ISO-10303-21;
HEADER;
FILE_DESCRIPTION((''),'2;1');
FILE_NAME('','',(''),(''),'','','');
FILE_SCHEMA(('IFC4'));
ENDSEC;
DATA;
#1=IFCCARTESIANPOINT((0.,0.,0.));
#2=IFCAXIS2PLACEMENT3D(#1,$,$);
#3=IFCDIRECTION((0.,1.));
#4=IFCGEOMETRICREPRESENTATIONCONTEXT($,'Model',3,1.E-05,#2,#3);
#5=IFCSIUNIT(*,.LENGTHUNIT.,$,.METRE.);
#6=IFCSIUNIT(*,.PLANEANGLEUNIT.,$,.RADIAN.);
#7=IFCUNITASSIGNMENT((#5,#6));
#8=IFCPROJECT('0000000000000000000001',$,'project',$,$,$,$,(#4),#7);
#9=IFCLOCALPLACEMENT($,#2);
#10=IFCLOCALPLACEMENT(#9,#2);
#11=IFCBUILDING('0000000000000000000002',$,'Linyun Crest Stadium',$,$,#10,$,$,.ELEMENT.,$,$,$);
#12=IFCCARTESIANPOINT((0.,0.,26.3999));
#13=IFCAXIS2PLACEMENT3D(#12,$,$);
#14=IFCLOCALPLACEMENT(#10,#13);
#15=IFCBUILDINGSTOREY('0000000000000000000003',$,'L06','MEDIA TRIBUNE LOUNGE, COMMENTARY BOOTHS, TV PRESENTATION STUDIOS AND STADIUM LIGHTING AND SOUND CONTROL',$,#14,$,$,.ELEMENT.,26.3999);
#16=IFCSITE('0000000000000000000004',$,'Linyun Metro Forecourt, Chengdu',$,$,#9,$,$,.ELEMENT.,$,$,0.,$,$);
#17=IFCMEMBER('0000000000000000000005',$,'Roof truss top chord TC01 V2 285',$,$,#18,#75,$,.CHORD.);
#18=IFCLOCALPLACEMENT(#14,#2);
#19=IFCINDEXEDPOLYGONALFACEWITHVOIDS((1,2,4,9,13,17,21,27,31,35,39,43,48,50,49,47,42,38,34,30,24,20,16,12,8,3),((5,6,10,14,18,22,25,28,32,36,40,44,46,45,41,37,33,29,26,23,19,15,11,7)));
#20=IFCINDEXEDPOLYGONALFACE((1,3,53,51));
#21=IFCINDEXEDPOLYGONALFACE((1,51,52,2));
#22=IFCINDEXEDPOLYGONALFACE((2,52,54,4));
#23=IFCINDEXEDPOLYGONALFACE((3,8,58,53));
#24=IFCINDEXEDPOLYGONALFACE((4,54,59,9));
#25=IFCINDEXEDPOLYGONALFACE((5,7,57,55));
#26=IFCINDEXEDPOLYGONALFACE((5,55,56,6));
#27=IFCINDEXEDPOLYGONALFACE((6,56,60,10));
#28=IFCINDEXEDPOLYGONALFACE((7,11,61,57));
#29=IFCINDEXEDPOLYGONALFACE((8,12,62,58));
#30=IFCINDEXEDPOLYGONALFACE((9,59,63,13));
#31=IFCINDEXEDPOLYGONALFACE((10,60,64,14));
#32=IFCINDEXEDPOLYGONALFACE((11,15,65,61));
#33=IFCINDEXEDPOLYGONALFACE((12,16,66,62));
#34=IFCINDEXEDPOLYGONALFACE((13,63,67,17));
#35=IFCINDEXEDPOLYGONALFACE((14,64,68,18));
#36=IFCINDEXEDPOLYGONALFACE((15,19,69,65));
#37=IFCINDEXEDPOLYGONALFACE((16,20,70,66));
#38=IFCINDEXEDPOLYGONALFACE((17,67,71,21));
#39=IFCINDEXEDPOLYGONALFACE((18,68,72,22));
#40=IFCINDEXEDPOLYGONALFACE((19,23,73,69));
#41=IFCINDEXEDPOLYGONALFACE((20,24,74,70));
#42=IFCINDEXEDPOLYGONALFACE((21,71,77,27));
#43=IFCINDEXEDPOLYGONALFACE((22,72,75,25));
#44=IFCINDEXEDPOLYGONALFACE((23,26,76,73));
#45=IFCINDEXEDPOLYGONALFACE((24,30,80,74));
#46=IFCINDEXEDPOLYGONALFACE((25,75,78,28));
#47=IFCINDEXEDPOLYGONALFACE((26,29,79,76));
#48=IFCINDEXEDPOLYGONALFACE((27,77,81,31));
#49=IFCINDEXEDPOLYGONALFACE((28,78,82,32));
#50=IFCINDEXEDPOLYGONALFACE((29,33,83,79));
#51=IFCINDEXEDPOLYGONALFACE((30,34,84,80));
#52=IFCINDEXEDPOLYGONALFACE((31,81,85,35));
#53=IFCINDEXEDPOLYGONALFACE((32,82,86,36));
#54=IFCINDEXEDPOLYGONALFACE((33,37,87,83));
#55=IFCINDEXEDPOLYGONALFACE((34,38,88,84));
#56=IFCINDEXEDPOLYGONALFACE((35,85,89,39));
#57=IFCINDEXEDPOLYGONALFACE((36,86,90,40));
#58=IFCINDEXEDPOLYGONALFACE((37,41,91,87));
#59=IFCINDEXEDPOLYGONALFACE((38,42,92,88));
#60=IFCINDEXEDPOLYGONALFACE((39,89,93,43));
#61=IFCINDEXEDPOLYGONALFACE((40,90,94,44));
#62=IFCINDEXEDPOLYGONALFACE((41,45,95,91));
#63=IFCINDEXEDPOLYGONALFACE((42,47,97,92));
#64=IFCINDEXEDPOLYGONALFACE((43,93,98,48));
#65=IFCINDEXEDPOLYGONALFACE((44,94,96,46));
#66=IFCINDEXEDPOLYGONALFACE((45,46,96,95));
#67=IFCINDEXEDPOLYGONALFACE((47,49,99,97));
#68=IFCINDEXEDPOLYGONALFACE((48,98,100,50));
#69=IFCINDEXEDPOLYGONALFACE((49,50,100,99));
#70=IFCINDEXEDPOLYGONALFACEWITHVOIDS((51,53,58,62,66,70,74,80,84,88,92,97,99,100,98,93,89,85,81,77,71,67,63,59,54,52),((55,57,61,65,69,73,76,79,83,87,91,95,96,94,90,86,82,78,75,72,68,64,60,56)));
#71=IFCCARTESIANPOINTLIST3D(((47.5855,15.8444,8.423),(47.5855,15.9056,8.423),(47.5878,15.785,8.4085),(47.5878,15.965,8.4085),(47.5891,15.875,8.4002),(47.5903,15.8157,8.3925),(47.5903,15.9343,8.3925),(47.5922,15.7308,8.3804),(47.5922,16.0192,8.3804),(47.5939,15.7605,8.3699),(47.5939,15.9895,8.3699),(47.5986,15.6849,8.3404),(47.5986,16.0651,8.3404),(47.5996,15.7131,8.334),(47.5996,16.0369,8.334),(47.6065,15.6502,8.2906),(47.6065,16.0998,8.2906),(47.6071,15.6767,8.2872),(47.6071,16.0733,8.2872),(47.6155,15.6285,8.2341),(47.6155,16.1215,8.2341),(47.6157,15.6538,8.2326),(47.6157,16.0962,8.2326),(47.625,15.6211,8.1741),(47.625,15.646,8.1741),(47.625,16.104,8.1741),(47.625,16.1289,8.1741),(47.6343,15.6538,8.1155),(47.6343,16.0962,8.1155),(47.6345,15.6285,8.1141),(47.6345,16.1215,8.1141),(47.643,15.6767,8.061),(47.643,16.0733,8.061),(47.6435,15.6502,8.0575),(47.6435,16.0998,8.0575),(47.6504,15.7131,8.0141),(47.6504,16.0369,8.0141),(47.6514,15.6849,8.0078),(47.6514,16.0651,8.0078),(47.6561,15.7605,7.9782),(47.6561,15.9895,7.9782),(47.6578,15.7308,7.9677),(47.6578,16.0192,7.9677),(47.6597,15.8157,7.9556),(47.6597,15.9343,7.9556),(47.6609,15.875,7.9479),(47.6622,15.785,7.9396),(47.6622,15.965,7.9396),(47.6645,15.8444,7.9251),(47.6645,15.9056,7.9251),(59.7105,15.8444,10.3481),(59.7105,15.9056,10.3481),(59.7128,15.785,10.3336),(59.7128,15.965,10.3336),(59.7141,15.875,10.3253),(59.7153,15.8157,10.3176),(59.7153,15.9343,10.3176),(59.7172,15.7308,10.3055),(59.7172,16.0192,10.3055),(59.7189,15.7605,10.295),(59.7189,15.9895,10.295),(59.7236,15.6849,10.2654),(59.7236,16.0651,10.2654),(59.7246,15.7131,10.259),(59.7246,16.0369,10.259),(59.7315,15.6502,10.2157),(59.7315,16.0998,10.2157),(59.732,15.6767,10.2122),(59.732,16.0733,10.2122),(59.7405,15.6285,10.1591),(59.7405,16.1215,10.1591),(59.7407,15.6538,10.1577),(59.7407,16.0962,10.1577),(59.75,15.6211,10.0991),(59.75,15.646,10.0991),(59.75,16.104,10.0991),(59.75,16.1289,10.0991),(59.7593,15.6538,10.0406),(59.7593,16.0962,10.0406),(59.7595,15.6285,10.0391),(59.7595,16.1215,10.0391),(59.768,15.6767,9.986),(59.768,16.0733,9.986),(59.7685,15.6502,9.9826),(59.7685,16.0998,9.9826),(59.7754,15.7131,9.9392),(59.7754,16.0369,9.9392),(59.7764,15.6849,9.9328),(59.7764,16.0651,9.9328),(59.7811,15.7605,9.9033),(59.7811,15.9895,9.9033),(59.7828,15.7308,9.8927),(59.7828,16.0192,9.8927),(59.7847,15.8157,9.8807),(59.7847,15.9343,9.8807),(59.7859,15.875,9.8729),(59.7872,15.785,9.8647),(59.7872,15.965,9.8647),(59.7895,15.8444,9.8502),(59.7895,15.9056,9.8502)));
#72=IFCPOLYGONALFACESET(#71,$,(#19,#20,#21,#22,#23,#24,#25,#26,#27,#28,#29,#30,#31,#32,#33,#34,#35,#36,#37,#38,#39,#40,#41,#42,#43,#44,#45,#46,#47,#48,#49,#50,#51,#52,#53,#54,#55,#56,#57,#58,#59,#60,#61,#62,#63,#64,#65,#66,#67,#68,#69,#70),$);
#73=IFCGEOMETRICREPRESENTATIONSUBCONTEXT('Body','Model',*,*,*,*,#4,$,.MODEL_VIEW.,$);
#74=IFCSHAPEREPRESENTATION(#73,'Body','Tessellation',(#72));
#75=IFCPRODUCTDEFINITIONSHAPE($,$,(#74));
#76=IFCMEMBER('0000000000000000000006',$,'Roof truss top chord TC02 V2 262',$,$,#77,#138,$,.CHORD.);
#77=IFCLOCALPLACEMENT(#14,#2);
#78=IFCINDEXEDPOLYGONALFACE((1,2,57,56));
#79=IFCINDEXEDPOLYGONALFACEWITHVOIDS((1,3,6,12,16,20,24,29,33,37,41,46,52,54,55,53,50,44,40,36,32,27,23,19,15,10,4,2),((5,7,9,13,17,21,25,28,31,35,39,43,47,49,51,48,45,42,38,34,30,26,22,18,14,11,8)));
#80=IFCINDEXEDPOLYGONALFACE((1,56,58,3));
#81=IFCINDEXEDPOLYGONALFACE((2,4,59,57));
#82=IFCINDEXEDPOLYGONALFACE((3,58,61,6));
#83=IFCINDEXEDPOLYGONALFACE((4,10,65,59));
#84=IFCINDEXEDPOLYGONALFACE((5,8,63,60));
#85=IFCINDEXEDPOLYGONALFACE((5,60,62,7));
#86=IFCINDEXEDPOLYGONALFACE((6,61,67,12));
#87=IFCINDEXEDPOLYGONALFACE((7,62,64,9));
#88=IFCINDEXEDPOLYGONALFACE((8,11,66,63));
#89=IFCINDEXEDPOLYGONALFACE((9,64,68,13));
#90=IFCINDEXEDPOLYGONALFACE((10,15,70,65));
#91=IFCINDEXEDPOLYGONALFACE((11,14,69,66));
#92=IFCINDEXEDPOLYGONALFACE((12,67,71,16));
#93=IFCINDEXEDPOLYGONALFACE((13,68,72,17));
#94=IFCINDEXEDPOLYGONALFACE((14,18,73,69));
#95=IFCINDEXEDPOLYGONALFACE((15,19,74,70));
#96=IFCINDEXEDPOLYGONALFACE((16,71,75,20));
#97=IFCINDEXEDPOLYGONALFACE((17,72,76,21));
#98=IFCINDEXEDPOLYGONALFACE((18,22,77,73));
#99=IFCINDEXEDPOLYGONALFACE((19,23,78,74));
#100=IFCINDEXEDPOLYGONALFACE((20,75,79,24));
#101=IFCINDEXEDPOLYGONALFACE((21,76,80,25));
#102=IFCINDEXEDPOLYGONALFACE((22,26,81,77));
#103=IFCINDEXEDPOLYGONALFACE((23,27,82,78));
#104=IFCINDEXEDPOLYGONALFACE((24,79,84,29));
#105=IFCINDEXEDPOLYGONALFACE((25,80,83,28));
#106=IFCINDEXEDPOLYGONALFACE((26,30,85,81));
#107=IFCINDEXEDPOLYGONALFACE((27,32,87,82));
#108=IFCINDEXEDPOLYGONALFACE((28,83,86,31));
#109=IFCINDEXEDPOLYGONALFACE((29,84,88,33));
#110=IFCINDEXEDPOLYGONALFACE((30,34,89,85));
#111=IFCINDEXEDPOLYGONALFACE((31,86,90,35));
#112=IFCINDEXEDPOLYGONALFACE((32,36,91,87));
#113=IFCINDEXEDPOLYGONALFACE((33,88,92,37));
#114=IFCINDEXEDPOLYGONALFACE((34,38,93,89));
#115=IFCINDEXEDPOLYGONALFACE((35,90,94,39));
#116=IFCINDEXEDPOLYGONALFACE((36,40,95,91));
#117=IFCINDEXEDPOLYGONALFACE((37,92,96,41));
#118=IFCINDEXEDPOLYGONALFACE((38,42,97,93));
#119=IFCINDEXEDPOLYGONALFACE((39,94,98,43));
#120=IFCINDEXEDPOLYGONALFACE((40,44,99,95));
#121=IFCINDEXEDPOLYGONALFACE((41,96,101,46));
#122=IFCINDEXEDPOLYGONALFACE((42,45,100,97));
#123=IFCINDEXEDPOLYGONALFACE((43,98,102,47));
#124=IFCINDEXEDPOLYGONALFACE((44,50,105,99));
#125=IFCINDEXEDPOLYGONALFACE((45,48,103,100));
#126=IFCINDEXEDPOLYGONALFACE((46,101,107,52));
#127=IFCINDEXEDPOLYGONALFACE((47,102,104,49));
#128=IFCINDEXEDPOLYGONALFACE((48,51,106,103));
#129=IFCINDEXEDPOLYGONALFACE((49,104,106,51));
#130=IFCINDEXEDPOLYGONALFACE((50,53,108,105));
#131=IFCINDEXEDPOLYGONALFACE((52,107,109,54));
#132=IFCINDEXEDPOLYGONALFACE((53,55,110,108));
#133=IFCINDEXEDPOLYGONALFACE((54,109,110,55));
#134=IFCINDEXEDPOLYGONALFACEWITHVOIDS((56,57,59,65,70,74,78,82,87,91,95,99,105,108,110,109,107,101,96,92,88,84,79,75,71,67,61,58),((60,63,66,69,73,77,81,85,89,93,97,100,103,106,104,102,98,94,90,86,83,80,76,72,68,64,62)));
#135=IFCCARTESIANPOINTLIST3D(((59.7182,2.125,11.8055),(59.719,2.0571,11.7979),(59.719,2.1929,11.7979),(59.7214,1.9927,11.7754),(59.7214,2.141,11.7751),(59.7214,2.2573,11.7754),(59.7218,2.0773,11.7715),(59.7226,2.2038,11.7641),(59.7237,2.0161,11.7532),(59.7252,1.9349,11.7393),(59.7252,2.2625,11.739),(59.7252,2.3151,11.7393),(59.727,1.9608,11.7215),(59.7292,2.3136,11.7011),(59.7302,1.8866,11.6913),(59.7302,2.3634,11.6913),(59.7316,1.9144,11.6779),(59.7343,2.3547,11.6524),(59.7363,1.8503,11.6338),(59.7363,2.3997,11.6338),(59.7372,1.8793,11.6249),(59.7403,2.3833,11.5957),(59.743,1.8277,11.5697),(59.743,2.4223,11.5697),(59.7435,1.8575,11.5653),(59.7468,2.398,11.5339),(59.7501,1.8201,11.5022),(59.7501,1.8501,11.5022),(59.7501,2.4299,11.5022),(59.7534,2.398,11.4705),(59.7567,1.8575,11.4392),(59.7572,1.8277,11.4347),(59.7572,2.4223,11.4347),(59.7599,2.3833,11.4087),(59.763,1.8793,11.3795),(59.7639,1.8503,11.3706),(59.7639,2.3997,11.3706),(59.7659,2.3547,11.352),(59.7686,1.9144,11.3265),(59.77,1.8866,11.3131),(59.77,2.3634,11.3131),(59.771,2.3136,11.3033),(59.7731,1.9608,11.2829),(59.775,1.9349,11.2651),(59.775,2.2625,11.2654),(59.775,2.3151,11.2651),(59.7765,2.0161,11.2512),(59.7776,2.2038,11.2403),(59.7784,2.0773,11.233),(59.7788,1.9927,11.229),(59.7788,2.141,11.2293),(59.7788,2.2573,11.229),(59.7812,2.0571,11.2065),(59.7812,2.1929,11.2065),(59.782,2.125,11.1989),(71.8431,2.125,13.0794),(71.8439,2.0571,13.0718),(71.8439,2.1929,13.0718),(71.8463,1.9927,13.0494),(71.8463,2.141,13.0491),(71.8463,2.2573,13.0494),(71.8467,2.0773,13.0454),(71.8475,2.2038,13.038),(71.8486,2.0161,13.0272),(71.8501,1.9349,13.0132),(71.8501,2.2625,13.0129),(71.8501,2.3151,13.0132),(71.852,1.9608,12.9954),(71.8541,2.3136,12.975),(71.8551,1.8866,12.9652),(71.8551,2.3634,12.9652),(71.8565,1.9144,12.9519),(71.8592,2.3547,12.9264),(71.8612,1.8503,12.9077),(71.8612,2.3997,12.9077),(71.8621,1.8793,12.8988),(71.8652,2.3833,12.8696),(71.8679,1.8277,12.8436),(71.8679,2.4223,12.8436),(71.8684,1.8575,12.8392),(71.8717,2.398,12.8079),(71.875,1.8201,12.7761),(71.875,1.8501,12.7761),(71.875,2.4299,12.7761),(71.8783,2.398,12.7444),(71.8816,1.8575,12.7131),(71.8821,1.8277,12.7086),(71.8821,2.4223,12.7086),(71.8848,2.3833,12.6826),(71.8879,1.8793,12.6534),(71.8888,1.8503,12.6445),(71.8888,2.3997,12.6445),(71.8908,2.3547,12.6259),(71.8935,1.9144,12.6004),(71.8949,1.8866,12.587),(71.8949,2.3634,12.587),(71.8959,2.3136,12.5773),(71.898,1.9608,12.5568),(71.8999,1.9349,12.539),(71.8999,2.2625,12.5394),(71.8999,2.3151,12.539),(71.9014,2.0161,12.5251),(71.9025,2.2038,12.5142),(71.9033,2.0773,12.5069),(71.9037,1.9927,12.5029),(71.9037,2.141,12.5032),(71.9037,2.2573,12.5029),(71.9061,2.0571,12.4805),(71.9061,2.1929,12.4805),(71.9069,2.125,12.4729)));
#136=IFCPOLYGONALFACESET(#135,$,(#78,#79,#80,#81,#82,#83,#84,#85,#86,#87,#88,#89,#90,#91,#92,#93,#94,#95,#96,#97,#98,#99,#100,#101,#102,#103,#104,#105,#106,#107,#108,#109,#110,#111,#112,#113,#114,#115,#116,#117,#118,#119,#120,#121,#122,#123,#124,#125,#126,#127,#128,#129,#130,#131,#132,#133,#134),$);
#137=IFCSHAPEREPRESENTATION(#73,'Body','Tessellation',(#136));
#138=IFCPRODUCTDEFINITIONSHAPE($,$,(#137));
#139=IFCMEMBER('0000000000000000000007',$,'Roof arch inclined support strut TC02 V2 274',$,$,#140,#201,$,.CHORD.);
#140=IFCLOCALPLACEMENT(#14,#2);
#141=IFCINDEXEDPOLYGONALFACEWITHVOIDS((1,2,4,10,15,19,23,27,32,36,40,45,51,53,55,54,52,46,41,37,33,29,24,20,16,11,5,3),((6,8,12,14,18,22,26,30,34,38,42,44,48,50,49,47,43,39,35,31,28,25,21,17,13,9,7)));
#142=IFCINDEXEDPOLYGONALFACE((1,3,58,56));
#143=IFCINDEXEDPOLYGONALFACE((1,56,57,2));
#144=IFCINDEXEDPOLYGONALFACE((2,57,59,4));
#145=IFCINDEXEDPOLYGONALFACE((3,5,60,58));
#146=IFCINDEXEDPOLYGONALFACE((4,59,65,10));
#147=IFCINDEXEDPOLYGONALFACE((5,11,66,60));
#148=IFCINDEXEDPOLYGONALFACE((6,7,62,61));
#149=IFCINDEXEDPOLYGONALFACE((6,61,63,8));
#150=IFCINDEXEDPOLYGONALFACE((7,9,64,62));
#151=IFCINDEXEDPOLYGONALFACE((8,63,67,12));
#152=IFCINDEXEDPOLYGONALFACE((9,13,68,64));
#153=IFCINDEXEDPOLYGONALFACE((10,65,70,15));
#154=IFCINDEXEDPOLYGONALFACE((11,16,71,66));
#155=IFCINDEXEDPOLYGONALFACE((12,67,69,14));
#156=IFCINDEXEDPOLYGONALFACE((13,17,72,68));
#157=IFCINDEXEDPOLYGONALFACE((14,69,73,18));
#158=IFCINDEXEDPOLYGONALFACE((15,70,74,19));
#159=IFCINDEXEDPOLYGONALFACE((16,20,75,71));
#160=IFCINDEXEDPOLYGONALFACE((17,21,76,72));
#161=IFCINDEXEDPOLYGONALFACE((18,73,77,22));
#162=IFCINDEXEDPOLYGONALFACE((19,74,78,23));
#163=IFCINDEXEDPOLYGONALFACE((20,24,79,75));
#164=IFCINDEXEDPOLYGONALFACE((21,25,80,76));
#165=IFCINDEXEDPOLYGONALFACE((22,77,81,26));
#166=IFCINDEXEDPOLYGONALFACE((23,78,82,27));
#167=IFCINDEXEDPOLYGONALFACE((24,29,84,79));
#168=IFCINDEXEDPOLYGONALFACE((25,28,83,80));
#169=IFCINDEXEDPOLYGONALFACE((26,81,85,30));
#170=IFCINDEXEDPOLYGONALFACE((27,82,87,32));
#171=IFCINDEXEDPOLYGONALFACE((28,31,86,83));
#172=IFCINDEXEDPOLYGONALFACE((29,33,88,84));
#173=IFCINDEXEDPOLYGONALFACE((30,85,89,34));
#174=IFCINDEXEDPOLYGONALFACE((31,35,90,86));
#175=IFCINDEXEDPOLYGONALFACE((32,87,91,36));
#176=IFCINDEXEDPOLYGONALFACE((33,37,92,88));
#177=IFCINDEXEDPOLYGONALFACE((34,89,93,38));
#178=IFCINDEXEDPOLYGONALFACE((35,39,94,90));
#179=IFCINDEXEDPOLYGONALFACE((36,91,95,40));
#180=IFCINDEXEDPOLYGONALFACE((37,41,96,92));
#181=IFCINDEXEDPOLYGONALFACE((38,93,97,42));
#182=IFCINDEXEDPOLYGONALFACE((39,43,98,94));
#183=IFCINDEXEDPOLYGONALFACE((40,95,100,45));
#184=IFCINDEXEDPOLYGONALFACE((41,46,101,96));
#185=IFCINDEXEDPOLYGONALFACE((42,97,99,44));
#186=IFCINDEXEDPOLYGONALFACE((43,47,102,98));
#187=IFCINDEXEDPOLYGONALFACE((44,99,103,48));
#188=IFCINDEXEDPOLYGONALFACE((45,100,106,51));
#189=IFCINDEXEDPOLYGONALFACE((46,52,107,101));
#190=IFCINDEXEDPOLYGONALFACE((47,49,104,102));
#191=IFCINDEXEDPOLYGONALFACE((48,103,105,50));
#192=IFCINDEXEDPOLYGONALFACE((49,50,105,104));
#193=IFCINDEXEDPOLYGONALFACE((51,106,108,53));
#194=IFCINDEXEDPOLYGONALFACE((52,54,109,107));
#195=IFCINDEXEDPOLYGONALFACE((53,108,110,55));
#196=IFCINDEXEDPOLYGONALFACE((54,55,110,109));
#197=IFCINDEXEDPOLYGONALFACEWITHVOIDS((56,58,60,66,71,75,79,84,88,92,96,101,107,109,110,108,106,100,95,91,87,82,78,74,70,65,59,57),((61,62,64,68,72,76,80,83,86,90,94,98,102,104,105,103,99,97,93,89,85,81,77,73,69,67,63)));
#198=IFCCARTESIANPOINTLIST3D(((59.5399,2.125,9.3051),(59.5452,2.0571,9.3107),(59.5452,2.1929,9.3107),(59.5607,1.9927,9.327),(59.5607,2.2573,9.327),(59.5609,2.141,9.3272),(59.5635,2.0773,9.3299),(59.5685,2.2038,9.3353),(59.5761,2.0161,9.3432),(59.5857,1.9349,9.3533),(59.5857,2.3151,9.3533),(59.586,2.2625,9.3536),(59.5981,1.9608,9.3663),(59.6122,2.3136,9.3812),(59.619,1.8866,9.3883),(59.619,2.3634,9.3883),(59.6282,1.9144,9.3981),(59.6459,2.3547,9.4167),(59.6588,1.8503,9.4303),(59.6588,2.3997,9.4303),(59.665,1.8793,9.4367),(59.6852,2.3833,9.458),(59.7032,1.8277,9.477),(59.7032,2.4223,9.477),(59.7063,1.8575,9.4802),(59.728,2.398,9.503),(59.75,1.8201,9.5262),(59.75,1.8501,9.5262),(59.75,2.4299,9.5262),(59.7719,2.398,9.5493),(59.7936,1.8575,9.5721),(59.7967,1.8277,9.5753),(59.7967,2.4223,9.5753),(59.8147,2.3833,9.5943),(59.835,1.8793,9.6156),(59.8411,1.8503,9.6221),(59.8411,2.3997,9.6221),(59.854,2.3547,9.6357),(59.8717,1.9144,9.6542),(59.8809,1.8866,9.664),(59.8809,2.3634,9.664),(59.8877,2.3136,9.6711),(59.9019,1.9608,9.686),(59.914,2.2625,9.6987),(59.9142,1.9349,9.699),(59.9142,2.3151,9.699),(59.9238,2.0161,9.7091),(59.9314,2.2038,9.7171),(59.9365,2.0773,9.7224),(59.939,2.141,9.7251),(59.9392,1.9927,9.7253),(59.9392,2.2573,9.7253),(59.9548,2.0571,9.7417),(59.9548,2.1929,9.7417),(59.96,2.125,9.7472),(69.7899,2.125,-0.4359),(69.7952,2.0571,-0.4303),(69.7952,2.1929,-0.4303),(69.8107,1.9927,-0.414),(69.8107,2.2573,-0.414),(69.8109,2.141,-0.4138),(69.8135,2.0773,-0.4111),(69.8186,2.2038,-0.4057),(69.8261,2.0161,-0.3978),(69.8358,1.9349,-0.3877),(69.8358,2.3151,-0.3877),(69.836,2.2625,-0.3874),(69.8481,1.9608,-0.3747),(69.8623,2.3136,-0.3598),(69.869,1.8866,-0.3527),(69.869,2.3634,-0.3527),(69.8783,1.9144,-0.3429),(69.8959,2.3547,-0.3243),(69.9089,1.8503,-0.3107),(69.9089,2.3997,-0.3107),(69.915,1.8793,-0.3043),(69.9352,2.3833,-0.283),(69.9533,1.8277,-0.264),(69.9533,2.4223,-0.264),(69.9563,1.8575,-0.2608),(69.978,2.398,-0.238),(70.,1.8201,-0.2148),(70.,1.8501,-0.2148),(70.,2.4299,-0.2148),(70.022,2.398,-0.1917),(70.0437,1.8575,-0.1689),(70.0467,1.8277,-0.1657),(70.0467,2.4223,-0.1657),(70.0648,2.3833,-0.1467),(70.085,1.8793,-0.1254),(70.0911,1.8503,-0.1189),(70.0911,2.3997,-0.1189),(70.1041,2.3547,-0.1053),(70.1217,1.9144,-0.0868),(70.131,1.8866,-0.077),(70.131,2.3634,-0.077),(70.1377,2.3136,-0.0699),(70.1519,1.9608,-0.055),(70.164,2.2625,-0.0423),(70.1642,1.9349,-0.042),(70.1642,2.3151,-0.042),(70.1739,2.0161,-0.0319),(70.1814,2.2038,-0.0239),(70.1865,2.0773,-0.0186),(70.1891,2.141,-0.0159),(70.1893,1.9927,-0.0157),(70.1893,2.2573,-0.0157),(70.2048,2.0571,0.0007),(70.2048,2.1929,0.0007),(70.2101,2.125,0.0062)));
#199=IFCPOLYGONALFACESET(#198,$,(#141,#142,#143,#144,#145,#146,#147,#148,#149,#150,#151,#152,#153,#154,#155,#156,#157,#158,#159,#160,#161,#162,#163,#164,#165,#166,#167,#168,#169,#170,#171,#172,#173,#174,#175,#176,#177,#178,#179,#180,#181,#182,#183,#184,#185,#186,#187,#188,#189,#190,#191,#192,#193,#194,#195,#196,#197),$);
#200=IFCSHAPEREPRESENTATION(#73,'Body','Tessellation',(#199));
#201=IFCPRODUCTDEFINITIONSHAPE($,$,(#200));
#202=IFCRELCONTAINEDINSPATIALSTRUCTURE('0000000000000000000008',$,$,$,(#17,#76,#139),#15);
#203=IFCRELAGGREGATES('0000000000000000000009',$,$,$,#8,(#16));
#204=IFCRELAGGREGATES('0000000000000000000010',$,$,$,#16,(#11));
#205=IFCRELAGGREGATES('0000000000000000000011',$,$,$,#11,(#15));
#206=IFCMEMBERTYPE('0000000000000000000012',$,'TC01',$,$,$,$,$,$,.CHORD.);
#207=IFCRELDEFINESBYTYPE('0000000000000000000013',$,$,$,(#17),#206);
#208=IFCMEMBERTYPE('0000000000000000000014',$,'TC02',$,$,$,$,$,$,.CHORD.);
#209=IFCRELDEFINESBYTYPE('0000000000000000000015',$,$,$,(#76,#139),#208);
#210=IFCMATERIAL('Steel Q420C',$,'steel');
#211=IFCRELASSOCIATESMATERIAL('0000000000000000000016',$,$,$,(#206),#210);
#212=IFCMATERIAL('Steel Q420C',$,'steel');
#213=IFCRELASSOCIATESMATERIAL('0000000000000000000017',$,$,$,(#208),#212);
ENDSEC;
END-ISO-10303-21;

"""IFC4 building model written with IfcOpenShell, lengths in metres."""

from ifc_helpers import new_model, si_unit, direction, frame, origin, origin_2d, place, context, subcontext, project, spatial, hollow_circle, extrude, material, material_profile, profile_set, type_object, element, save


model = new_model("IFC4")

# Units and contexts
model_context = context("Model", 3, precision=1e-05, world=origin(), true_north=direction((0.0, 1.0)))
body_context = subcontext(model_context, "Body", "Model", "MODEL_VIEW")
ifc_project = project(units=[si_unit("LENGTHUNIT", "METRE"), si_unit("PLANEANGLEUNIT", "RADIAN")], contexts=[model_context])

# Site, building, storey
site_placement = place(None, origin())
site = spatial("IfcSite", under=ifc_project, at=site_placement, Name="Linyun Metro Forecourt, Chengdu", CompositionType="ELEMENT", RefElevation=0.0)
building_placement = place(site_placement, origin())
building = spatial("IfcBuilding", under=site, at=building_placement, Name="Linyun Crest Stadium", CompositionType="ELEMENT")
storey_placement = place(building_placement, frame((0.0, 0.0, 26.3999)))
storey = spatial("IfcBuildingStorey", under=building, at=storey_placement, Name="L06", Description="MEDIA TRIBUNE LOUNGE, COMMENTARY BOOTHS, TV PRESENTATION STUDIOS AND STADIUM LIGHTING AND SOUND CONTROL", CompositionType="ELEMENT", Elevation=26.3999)

# Members
ifc_material_1 = material(Name="Steel Q420C", Category="steel")
ifc_material_profile_1 = material_profile(ifc_material_1, hollow_circle(Radius=0.2539, WallThickness=0.0249, at=origin_2d()), Name="CHS 508x25")
ifc_profile_set_1 = profile_set([ifc_material_profile_1], Name="Steel Q420C")
member_type_1 = type_object("IfcMemberType", Name="TC01", PredefinedType="CHORD", material=ifc_profile_set_1)
member_1_placement = place(storey_placement, frame((59.75, 15.875, 10.0991), z_axis=(-0.98763, 0.0, -0.156803), x_axis=(0.0, -1.0, 0.0)))
element("IfcMember", 1, at=member_1_placement, inside=storey, type_object=member_type_1, Name="Roof truss top chord TC01 V2 285", PredefinedType="CHORD", context=body_context, shape_type="SweptSolid", body=[
    extrude(hollow_circle(Radius=0.2539, WallThickness=0.0249, at=origin_2d()), origin(), (0.0, 0.0, 1.0), 12.2769),
])
ifc_material_2 = material(Name="Steel Q420C", Category="steel")
ifc_material_profile_2 = material_profile(ifc_material_2, hollow_circle(Radius=0.3049, WallThickness=0.03, at=origin_2d()), Name="CHS 610x30")
ifc_profile_set_2 = profile_set([ifc_material_profile_2], Name="Steel Q420C")
member_type_2 = type_object("IfcMemberType", Name="TC02", PredefinedType="CHORD", material=ifc_profile_set_2)
member_2_placement = place(storey_placement, frame((71.875, 2.125, 12.7761), z_axis=(-0.994526, 0.0, -0.104491), x_axis=(0.0, -1.0, 0.0)))
element("IfcMember", 2, at=member_2_placement, inside=storey, type_object=member_type_2, Name="Roof truss top chord TC02 V2 262", PredefinedType="CHORD", context=body_context, shape_type="SweptSolid", body=[
    extrude(hollow_circle(Radius=0.3049, WallThickness=0.03, at=origin_2d()), origin(), (0.0, 0.0, 1.0), 12.1917),
])
member_3_placement = place(storey_placement, frame((70.0, 2.125, -0.2148), z_axis=(-0.724877, 0.0, 0.688878), x_axis=(0.0, -1.0, 0.0)))
element("IfcMember", 3, at=member_3_placement, inside=storey, type_object=member_type_2, Name="Roof arch inclined support strut TC02 V2 274", PredefinedType="CHORD", context=body_context, shape_type="SweptSolid", body=[
    extrude(hollow_circle(Radius=0.3049, WallThickness=0.03, at=origin_2d()), origin(), (0.0, 0.0, 1.0), 14.1404),
])

save(model, "model.ifc")
